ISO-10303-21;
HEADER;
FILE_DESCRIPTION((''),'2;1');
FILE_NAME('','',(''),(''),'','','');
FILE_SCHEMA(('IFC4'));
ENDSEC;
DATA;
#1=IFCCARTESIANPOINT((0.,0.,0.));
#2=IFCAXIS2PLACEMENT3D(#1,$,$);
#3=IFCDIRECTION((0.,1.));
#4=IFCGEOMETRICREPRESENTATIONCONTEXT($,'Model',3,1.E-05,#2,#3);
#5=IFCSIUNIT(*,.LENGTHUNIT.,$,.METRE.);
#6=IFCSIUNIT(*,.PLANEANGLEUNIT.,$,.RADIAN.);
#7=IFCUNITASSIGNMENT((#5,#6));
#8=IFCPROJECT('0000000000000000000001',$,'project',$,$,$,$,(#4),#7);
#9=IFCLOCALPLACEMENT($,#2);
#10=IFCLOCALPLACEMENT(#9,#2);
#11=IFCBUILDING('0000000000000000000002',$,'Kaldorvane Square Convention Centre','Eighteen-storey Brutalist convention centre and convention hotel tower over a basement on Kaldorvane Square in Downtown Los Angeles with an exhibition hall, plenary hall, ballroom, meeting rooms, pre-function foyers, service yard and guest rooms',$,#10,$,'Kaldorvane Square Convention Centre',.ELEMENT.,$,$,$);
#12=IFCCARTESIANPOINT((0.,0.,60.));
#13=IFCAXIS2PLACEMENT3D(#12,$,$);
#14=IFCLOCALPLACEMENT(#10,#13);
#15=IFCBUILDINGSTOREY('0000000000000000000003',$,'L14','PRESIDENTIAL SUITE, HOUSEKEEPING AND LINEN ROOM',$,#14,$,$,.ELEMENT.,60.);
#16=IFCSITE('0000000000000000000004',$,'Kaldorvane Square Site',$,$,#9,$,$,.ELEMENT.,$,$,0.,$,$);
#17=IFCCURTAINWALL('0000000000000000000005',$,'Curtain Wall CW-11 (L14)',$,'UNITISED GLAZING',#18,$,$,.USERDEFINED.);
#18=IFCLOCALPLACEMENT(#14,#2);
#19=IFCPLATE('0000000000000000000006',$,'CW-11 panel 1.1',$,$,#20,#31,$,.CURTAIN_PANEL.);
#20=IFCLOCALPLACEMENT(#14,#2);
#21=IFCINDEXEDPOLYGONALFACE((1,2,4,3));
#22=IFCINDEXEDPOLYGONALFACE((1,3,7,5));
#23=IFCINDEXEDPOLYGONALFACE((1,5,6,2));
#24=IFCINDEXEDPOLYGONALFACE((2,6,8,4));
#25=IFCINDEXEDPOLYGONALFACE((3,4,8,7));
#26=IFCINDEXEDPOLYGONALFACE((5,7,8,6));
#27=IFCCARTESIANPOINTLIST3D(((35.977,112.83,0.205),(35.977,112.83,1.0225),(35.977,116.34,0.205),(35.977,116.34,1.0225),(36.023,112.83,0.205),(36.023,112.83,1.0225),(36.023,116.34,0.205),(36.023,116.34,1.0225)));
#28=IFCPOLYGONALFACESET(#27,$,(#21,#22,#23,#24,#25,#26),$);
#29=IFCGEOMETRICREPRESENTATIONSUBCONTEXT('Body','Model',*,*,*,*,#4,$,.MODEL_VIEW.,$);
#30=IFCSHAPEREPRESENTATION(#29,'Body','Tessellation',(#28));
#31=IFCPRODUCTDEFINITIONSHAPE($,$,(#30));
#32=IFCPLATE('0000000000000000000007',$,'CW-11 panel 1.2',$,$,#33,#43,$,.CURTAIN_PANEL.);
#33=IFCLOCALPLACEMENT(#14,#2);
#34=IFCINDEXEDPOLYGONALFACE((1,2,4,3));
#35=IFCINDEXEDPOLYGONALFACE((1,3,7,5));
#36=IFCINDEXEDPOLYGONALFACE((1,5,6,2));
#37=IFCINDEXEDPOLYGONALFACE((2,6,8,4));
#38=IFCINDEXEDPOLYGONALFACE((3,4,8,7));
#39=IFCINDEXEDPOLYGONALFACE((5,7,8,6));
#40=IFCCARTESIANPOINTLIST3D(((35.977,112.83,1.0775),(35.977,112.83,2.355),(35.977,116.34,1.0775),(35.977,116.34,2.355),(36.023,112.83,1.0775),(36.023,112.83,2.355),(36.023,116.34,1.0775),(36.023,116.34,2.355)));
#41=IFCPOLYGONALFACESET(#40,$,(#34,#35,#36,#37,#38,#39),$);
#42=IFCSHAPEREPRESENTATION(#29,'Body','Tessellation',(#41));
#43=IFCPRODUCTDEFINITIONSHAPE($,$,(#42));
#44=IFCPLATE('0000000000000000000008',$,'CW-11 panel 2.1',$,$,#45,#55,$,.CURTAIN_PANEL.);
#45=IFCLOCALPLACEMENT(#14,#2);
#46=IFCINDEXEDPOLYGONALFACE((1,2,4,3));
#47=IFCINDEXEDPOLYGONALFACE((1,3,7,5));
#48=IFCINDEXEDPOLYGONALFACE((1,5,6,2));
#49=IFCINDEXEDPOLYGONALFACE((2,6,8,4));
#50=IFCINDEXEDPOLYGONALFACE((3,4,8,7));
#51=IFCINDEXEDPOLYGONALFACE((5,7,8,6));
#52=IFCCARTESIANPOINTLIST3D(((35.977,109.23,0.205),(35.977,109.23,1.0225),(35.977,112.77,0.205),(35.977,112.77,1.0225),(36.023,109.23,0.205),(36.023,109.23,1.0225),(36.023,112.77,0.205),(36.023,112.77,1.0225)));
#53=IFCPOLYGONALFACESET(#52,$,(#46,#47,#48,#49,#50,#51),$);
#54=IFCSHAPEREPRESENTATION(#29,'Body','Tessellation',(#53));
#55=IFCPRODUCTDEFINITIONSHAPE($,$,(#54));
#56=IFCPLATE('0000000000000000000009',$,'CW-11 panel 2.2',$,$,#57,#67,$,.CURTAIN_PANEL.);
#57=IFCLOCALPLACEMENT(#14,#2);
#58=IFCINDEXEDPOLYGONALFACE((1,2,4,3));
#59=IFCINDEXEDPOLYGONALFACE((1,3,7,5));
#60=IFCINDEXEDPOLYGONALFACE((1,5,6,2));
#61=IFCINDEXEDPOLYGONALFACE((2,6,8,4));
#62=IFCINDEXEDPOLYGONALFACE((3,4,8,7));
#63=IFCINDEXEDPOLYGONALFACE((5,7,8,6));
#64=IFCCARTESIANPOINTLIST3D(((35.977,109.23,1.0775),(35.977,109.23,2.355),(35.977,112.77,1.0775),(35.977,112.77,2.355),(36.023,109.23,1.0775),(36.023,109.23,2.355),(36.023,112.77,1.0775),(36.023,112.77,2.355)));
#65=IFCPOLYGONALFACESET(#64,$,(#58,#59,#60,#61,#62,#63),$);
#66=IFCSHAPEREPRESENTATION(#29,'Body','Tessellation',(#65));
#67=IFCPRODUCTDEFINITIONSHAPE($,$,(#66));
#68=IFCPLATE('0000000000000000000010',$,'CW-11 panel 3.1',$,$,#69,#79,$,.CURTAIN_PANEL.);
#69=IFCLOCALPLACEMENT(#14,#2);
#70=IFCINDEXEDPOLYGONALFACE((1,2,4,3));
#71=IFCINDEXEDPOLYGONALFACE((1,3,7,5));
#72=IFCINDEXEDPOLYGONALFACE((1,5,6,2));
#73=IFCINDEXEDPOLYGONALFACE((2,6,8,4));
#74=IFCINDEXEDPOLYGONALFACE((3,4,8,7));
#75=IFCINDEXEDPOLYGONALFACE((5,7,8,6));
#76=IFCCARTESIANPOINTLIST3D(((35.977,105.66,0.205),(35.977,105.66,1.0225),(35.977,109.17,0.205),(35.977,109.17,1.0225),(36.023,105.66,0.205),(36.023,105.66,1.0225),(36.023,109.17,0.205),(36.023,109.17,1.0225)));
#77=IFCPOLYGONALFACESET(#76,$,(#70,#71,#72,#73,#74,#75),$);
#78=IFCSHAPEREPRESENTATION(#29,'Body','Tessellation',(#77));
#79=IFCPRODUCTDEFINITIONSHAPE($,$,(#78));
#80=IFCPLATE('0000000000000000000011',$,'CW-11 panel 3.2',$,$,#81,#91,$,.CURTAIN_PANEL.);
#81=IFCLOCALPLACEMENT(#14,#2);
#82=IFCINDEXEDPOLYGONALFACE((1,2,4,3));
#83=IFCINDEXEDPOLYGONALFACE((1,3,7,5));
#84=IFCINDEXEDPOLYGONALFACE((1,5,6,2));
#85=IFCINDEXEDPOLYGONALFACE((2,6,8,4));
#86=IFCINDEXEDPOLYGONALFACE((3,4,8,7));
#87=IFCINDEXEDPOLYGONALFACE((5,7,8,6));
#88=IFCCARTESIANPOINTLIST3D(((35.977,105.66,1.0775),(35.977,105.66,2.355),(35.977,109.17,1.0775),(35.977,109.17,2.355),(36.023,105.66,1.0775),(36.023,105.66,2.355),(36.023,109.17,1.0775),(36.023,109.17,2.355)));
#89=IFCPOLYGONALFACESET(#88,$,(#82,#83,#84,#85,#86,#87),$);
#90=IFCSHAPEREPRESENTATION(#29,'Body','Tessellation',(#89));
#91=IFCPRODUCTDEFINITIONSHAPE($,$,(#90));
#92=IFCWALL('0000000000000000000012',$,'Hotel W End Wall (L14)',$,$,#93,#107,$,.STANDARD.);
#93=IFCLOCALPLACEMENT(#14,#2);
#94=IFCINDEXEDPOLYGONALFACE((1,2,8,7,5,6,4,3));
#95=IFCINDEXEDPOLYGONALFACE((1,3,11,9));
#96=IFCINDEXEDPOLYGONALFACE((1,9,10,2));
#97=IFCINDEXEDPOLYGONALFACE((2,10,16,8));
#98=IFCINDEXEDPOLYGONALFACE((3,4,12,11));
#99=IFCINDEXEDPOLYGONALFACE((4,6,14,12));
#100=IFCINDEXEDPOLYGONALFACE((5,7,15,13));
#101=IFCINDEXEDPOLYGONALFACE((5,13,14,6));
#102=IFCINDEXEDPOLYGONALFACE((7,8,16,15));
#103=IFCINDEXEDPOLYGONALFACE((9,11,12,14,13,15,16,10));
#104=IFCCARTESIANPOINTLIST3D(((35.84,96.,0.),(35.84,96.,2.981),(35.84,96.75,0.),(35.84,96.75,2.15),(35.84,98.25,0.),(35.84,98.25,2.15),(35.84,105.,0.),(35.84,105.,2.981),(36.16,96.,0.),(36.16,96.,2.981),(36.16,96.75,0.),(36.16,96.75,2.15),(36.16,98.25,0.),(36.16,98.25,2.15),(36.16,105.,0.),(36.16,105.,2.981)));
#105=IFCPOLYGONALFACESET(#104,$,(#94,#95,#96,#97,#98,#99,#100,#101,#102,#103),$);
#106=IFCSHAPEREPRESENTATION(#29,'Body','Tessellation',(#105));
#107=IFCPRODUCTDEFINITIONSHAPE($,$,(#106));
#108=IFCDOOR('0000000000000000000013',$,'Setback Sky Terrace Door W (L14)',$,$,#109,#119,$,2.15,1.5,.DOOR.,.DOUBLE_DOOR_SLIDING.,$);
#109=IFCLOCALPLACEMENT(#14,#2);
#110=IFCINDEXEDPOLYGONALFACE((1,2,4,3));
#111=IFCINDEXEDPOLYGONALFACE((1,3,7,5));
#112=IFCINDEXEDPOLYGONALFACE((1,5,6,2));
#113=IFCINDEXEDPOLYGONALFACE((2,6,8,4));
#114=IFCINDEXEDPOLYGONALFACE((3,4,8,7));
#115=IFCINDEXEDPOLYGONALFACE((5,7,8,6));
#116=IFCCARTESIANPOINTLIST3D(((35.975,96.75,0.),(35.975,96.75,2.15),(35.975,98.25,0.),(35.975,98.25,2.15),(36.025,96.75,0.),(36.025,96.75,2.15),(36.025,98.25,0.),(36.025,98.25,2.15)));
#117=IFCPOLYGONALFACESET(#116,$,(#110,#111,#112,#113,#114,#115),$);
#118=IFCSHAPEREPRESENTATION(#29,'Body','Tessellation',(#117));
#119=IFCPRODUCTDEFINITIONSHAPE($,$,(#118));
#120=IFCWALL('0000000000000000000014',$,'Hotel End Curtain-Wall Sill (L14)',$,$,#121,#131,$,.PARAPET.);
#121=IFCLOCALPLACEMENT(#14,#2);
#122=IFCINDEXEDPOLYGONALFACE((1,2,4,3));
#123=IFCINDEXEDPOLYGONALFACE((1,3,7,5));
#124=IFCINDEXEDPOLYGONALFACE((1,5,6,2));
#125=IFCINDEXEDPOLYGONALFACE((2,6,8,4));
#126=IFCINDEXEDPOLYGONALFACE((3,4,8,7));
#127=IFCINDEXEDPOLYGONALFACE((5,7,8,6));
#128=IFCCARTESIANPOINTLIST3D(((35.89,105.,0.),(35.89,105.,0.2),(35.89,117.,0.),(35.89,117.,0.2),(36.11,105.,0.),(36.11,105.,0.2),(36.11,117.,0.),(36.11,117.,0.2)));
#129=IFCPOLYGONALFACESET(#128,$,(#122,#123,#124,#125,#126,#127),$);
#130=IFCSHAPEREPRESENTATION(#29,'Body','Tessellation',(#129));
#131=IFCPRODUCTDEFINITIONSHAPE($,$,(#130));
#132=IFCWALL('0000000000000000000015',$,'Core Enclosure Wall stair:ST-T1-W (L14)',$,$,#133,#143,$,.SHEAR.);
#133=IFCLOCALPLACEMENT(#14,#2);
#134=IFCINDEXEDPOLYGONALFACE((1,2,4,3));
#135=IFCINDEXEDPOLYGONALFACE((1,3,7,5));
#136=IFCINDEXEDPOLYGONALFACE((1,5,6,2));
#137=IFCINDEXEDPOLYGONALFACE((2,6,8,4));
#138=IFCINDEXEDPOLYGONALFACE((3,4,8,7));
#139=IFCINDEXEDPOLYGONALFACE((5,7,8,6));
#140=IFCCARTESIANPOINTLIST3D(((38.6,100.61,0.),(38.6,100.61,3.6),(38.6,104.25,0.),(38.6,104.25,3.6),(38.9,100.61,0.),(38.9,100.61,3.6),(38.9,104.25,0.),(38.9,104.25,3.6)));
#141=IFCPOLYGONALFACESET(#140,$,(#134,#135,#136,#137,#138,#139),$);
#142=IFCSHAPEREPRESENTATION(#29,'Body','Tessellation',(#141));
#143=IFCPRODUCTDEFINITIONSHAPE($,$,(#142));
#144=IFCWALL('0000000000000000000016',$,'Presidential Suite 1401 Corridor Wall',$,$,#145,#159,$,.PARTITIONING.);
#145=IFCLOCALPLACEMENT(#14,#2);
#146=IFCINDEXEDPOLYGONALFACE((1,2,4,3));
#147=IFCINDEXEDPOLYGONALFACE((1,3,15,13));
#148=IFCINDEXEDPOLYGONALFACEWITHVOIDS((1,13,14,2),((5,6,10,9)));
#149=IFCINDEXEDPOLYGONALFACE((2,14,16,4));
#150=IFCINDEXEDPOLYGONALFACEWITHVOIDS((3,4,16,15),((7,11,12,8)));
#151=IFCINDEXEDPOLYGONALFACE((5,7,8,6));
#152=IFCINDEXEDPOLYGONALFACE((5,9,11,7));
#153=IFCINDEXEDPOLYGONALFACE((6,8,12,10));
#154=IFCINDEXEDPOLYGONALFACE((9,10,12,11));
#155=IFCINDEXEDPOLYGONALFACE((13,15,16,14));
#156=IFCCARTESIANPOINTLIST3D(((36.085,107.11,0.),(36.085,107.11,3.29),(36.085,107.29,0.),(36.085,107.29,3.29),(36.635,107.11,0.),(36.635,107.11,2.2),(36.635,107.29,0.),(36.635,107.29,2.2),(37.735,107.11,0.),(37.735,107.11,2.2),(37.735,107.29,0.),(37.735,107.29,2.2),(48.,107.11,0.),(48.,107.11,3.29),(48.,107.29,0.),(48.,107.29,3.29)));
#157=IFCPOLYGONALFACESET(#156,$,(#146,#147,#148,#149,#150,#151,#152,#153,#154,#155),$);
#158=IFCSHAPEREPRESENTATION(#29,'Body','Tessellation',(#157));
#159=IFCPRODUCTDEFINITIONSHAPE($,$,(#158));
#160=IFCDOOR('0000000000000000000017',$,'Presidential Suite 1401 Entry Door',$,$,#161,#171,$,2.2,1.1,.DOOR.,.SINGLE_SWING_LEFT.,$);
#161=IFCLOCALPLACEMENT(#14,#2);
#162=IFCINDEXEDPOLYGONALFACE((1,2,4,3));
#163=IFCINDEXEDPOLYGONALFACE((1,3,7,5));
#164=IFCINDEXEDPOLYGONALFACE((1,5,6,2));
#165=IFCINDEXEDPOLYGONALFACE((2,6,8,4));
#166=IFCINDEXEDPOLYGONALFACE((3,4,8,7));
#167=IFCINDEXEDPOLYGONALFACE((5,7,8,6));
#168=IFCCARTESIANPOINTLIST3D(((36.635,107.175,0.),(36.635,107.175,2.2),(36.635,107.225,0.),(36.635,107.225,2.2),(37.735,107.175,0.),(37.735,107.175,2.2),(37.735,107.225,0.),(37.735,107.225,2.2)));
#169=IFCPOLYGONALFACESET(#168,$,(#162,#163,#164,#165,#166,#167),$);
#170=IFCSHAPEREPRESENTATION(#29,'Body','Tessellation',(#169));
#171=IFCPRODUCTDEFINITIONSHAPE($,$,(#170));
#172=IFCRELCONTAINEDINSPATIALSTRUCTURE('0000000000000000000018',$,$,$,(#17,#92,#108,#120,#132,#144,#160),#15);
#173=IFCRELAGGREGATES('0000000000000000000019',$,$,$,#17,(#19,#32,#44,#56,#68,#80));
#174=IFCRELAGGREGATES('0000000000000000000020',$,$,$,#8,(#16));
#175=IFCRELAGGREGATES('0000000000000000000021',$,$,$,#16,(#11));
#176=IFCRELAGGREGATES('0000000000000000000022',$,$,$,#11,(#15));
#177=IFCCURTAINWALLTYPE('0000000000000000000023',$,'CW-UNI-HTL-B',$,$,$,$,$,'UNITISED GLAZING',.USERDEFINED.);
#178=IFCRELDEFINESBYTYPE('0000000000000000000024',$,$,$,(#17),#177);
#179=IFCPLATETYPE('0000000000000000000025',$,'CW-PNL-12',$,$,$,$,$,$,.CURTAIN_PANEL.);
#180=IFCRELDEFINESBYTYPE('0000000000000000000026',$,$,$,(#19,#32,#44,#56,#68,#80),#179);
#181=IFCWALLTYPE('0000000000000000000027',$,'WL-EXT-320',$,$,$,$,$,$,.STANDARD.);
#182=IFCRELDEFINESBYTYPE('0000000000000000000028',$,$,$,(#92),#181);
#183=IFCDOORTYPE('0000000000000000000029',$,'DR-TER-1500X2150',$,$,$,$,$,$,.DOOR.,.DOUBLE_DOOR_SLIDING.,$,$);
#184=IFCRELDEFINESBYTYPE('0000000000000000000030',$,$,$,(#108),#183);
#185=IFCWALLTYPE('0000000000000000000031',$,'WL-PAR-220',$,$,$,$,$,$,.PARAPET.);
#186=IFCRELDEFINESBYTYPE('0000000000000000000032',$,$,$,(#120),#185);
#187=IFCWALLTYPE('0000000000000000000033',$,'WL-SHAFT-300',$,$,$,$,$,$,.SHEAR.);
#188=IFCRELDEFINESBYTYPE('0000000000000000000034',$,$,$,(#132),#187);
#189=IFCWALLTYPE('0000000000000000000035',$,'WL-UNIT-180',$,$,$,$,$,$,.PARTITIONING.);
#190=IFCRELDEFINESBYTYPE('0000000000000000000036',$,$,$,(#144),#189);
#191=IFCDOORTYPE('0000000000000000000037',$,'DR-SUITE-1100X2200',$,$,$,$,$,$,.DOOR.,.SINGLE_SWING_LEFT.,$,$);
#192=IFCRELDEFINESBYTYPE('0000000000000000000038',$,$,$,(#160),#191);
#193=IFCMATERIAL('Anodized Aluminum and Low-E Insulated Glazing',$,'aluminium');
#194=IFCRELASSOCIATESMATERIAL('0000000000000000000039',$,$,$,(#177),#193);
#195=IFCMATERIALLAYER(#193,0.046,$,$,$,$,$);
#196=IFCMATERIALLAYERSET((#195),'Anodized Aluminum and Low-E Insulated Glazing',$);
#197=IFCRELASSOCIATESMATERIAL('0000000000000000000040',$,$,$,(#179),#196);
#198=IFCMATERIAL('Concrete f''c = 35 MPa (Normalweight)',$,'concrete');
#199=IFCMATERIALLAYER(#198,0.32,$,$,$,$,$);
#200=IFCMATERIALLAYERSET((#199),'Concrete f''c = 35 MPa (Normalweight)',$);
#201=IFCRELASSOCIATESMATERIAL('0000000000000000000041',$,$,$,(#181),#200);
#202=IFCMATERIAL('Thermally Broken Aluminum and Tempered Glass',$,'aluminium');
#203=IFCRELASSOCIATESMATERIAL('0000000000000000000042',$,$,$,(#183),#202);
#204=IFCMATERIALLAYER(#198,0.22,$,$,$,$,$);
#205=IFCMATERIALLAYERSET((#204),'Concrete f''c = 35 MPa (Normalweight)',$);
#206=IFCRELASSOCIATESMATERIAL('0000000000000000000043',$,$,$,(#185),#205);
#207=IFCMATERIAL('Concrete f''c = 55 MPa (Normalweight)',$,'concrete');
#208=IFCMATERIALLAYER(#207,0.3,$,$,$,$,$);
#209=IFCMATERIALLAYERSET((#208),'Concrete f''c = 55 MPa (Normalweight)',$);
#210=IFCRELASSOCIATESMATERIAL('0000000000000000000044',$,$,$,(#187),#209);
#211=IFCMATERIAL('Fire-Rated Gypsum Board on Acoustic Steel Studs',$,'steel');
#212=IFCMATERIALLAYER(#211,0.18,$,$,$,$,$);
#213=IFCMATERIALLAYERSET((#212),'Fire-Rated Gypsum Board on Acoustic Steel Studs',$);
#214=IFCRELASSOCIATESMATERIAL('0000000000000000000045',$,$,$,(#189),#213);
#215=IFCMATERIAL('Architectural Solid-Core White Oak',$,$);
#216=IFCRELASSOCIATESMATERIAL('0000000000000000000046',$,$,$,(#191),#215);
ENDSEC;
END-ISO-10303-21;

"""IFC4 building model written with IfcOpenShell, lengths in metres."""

from ifc_helpers import new_model, si_unit, direction, frame, frame_2d, origin, origin_2d, place, context, subcontext, project, spatial, rectangle, extrude, material, layer, layer_set, type_object, element, fill, aggregate, save


model = new_model("IFC4")

# Units and contexts
model_context = context("Model", 3, precision=1e-05, world=origin(), true_north=direction((0.0, 1.0)))
body_context = subcontext(model_context, "Body", "Model", "MODEL_VIEW")
ifc_project = project(units=[si_unit("LENGTHUNIT", "METRE"), si_unit("PLANEANGLEUNIT", "RADIAN")], contexts=[model_context])

# Site, building, storey
site_placement = place(None, origin())
site = spatial("IfcSite", under=ifc_project, at=site_placement, Name="Kaldorvane Square Site", CompositionType="ELEMENT", RefElevation=0.0)
building_placement = place(site_placement, origin())
building = spatial("IfcBuilding", under=site, at=building_placement, Name="Kaldorvane Square Convention Centre", Description="Eighteen-storey Brutalist convention centre and convention hotel tower over a basement on Kaldorvane Square in Downtown Los Angeles with an exhibition hall, plenary hall, ballroom, meeting rooms, pre-function foyers, service yard and guest rooms", LongName="Kaldorvane Square Convention Centre", CompositionType="ELEMENT")
storey_placement = place(building_placement, frame((0.0, 0.0, 60.0)))
storey = spatial("IfcBuildingStorey", under=building, at=storey_placement, Name="L14", Description="PRESIDENTIAL SUITE, HOUSEKEEPING AND LINEN ROOM", CompositionType="ELEMENT", Elevation=60.0)

# Curtain wall, plates
ifc_material_1 = material(Name="Anodized Aluminum and Low-E Insulated Glazing", Category="aluminium")
curtain_wall_type = type_object("IfcCurtainWallType", Name="CW-UNI-HTL-B", ElementType="UNITISED GLAZING", PredefinedType="USERDEFINED", material=ifc_material_1)
curtain_wall_placement = place(storey_placement, origin())
curtain_wall = element("IfcCurtainWall", 1, at=curtain_wall_placement, inside=storey, type_object=curtain_wall_type, Name="Curtain Wall CW-11 (L14)", ObjectType="UNITISED GLAZING", PredefinedType="USERDEFINED")
ifc_layer_1 = layer(ifc_material_1, 0.046)
ifc_layer_set_1 = layer_set([ifc_layer_1], Name="Anodized Aluminum and Low-E Insulated Glazing")
plate_type = type_object("IfcPlateType", Name="CW-PNL-12", PredefinedType="CURTAIN_PANEL", material=ifc_layer_set_1)
plate_1_placement = place(storey_placement, frame((36.0, 114.585, 0.205), z_axis=(0.0, 0.0, 1.0), x_axis=(0.0, -1.0, 0.0)))
plate_1 = element("IfcPlate", 2, at=plate_1_placement, type_object=plate_type, Name="CW-11 panel 1.1", PredefinedType="CURTAIN_PANEL", context=body_context, shape_type="SweptSolid", body=[
    extrude(rectangle(XDim=3.51, YDim=0.046, at=origin_2d()), origin(), (0.0, 0.0, 1.0), 0.8175),
])
plate_2_placement = place(storey_placement, frame((36.0, 114.585, 1.0775), z_axis=(0.0, 0.0, 1.0), x_axis=(0.0, -1.0, 0.0)))
plate_2 = element("IfcPlate", 3, at=plate_2_placement, type_object=plate_type, Name="CW-11 panel 1.2", PredefinedType="CURTAIN_PANEL", context=body_context, shape_type="SweptSolid", body=[
    extrude(rectangle(XDim=3.51, YDim=0.046, at=origin_2d()), origin(), (0.0, 0.0, 1.0), 1.2775),
])
plate_3_placement = place(storey_placement, frame((36.0, 111.0, 0.205), z_axis=(0.0, 0.0, 1.0), x_axis=(0.0, -1.0, 0.0)))
plate_3 = element("IfcPlate", 4, at=plate_3_placement, type_object=plate_type, Name="CW-11 panel 2.1", PredefinedType="CURTAIN_PANEL", context=body_context, shape_type="SweptSolid", body=[
    extrude(rectangle(XDim=3.54, YDim=0.046, at=origin_2d()), origin(), (0.0, 0.0, 1.0), 0.8175),
])
plate_4_placement = place(storey_placement, frame((36.0, 111.0, 1.0775), z_axis=(0.0, 0.0, 1.0), x_axis=(0.0, -1.0, 0.0)))
plate_4 = element("IfcPlate", 5, at=plate_4_placement, type_object=plate_type, Name="CW-11 panel 2.2", PredefinedType="CURTAIN_PANEL", context=body_context, shape_type="SweptSolid", body=[
    extrude(rectangle(XDim=3.54, YDim=0.046, at=origin_2d()), origin(), (0.0, 0.0, 1.0), 1.2775),
])
plate_5_placement = place(storey_placement, frame((36.0, 107.415, 0.205), z_axis=(0.0, 0.0, 1.0), x_axis=(0.0, -1.0, 0.0)))
plate_5 = element("IfcPlate", 6, at=plate_5_placement, type_object=plate_type, Name="CW-11 panel 3.1", PredefinedType="CURTAIN_PANEL", context=body_context, shape_type="SweptSolid", body=[
    extrude(rectangle(XDim=3.51, YDim=0.046, at=origin_2d()), origin(), (0.0, 0.0, 1.0), 0.8175),
])
plate_6_placement = place(storey_placement, frame((36.0, 107.415, 1.0775), z_axis=(0.0, 0.0, 1.0), x_axis=(0.0, -1.0, 0.0)))
plate_6 = element("IfcPlate", 7, at=plate_6_placement, type_object=plate_type, Name="CW-11 panel 3.2", PredefinedType="CURTAIN_PANEL", context=body_context, shape_type="SweptSolid", body=[
    extrude(rectangle(XDim=3.51, YDim=0.046, at=origin_2d()), origin(), (0.0, 0.0, 1.0), 1.2775),
])
aggregate(curtain_wall, [plate_1, plate_2, plate_3, plate_4, plate_5, plate_6])

# Wall, opening, door
ifc_material_2 = material(Name="Concrete f'c = 35 MPa (Normalweight)", Category="concrete")
ifc_layer_2 = layer(ifc_material_2, 0.32)
ifc_layer_set_2 = layer_set([ifc_layer_2], Name="Concrete f'c = 35 MPa (Normalweight)")
wall_type_1 = type_object("IfcWallType", Name="WL-EXT-320", PredefinedType="STANDARD", material=ifc_layer_set_2)
wall_1_placement = place(storey_placement, frame((36.0, 105.0, 0.0), z_axis=(0.0, 0.0, 1.0), x_axis=(0.0, -1.0, 0.0)))
wall_1 = element("IfcWall", 8, at=wall_1_placement, inside=storey, type_object=wall_type_1, Name="Hotel W End Wall (L14)", PredefinedType="STANDARD", context=body_context, shape_type="SweptSolid", body=[
    extrude(rectangle(XDim=9.0, YDim=0.32, at=frame_2d((4.5, 0.0))), origin(), (0.0, 0.0, 1.0), 2.981),
])
opening_1_placement = place(wall_1_placement, frame((6.75, 0.0, 0.0)))
opening_1 = element("IfcOpeningElement", 9, at=opening_1_placement, cuts=wall_1, PredefinedType="OPENING", context=body_context, shape_type="SweptSolid", body=[
    extrude(rectangle(XDim=1.5, YDim=2.15, at=frame_2d((0.75, 1.075))), frame((0.0, 0.175, 0.0), z_axis=(0.0, -1.0, 0.0), x_axis=(1.0, 0.0, 0.0)), (0.0, 0.0, 1.0), 0.35),
])
ifc_material_3 = material(Name="Thermally Broken Aluminum and Tempered Glass", Category="aluminium")
door_type_1 = type_object("IfcDoorType", Name="DR-TER-1500X2150", OperationType="DOUBLE_DOOR_SLIDING", PredefinedType="DOOR", material=ifc_material_3)
door_1_placement = place(opening_1_placement, origin())
door_1 = element("IfcDoor", 10, at=door_1_placement, inside=storey, type_object=door_type_1, Name="Setback Sky Terrace Door W (L14)", OperationType="DOUBLE_DOOR_SLIDING", OverallHeight=2.15, OverallWidth=1.5, PredefinedType="DOOR", context=body_context, shape_type="SweptSolid", body=[
    extrude(rectangle(XDim=1.5, YDim=2.15, at=frame_2d((0.75, 1.075))), frame((0.0, 0.025, 0.0), z_axis=(0.0, -1.0, 0.0), x_axis=(1.0, 0.0, 0.0)), (0.0, 0.0, 1.0), 0.05),
])
fill(opening_1, door_1)

# Walls
ifc_layer_3 = layer(ifc_material_2, 0.22)
ifc_layer_set_3 = layer_set([ifc_layer_3], Name="Concrete f'c = 35 MPa (Normalweight)")
wall_type_2 = type_object("IfcWallType", Name="WL-PAR-220", PredefinedType="PARAPET", material=ifc_layer_set_3)
wall_2_placement = place(storey_placement, frame((36.0, 117.0, 0.0), z_axis=(0.0, 0.0, 1.0), x_axis=(0.0, -1.0, 0.0)))
element("IfcWall", 11, at=wall_2_placement, inside=storey, type_object=wall_type_2, Name="Hotel End Curtain-Wall Sill (L14)", PredefinedType="PARAPET", context=body_context, shape_type="SweptSolid", body=[
    extrude(rectangle(XDim=12.0, YDim=0.22, at=frame_2d((6.0, 0.0))), origin(), (0.0, 0.0, 1.0), 0.2),
])
ifc_material_4 = material(Name="Concrete f'c = 55 MPa (Normalweight)", Category="concrete")
ifc_layer_4 = layer(ifc_material_4, 0.3)
ifc_layer_set_4 = layer_set([ifc_layer_4], Name="Concrete f'c = 55 MPa (Normalweight)")
wall_type_3 = type_object("IfcWallType", Name="WL-SHAFT-300", PredefinedType="SHEAR", material=ifc_layer_set_4)
wall_3_placement = place(storey_placement, frame((38.75, 104.25, 0.0), z_axis=(0.0, 0.0, 1.0), x_axis=(0.0, -1.0, 0.0)))
element("IfcWall", 12, at=wall_3_placement, inside=storey, type_object=wall_type_3, Name="Core Enclosure Wall stair:ST-T1-W (L14)", PredefinedType="SHEAR", context=body_context, shape_type="SweptSolid", body=[
    extrude(rectangle(XDim=3.64, YDim=0.3, at=frame_2d((1.82, 0.0))), origin(), (0.0, 0.0, 1.0), 3.6),
])

# Wall, opening, door
ifc_material_5 = material(Name="Fire-Rated Gypsum Board on Acoustic Steel Studs", Category="steel")
ifc_layer_5 = layer(ifc_material_5, 0.18)
ifc_layer_set_5 = layer_set([ifc_layer_5], Name="Fire-Rated Gypsum Board on Acoustic Steel Studs")
wall_type_4 = type_object("IfcWallType", Name="WL-UNIT-180", PredefinedType="PARTITIONING", material=ifc_layer_set_5)
wall_4_placement = place(storey_placement, frame((36.085, 107.2, 0.0), z_axis=(0.0, 0.0, 1.0), x_axis=(1.0, 0.0, 0.0)))
wall_4 = element("IfcWall", 13, at=wall_4_placement, inside=storey, type_object=wall_type_4, Name="Presidential Suite 1401 Corridor Wall", PredefinedType="PARTITIONING", context=body_context, shape_type="SweptSolid", body=[
    extrude(rectangle(XDim=11.915, YDim=0.18, at=frame_2d((5.9575, 0.0))), origin(), (0.0, 0.0, 1.0), 3.29),
])
opening_2_placement = place(wall_4_placement, frame((0.55, 0.0, 0.0)))
opening_2 = element("IfcOpeningElement", 14, at=opening_2_placement, cuts=wall_4, PredefinedType="OPENING", context=body_context, shape_type="SweptSolid", body=[
    extrude(rectangle(XDim=1.1, YDim=2.2, at=frame_2d((0.55, 1.1))), frame((0.0, 0.105, 0.0), z_axis=(0.0, -1.0, 0.0), x_axis=(1.0, 0.0, 0.0)), (0.0, 0.0, 1.0), 0.21),
])
ifc_material_6 = material(Name="Architectural Solid-Core White Oak")
door_type_2 = type_object("IfcDoorType", Name="DR-SUITE-1100X2200", OperationType="SINGLE_SWING_LEFT", PredefinedType="DOOR", material=ifc_material_6)
door_2_placement = place(opening_2_placement, origin())
door_2 = element("IfcDoor", 15, at=door_2_placement, inside=storey, type_object=door_type_2, Name="Presidential Suite 1401 Entry Door", OperationType="SINGLE_SWING_LEFT", OverallHeight=2.2, OverallWidth=1.1, PredefinedType="DOOR", context=body_context, shape_type="SweptSolid", body=[
    extrude(rectangle(XDim=1.1, YDim=2.2, at=frame_2d((0.55, 1.1))), frame((0.0, 0.025, 0.0), z_axis=(0.0, -1.0, 0.0), x_axis=(1.0, 0.0, 0.0)), (0.0, 0.0, 1.0), 0.05),
])
fill(opening_2, door_2)

save(model, "model.ifc")
